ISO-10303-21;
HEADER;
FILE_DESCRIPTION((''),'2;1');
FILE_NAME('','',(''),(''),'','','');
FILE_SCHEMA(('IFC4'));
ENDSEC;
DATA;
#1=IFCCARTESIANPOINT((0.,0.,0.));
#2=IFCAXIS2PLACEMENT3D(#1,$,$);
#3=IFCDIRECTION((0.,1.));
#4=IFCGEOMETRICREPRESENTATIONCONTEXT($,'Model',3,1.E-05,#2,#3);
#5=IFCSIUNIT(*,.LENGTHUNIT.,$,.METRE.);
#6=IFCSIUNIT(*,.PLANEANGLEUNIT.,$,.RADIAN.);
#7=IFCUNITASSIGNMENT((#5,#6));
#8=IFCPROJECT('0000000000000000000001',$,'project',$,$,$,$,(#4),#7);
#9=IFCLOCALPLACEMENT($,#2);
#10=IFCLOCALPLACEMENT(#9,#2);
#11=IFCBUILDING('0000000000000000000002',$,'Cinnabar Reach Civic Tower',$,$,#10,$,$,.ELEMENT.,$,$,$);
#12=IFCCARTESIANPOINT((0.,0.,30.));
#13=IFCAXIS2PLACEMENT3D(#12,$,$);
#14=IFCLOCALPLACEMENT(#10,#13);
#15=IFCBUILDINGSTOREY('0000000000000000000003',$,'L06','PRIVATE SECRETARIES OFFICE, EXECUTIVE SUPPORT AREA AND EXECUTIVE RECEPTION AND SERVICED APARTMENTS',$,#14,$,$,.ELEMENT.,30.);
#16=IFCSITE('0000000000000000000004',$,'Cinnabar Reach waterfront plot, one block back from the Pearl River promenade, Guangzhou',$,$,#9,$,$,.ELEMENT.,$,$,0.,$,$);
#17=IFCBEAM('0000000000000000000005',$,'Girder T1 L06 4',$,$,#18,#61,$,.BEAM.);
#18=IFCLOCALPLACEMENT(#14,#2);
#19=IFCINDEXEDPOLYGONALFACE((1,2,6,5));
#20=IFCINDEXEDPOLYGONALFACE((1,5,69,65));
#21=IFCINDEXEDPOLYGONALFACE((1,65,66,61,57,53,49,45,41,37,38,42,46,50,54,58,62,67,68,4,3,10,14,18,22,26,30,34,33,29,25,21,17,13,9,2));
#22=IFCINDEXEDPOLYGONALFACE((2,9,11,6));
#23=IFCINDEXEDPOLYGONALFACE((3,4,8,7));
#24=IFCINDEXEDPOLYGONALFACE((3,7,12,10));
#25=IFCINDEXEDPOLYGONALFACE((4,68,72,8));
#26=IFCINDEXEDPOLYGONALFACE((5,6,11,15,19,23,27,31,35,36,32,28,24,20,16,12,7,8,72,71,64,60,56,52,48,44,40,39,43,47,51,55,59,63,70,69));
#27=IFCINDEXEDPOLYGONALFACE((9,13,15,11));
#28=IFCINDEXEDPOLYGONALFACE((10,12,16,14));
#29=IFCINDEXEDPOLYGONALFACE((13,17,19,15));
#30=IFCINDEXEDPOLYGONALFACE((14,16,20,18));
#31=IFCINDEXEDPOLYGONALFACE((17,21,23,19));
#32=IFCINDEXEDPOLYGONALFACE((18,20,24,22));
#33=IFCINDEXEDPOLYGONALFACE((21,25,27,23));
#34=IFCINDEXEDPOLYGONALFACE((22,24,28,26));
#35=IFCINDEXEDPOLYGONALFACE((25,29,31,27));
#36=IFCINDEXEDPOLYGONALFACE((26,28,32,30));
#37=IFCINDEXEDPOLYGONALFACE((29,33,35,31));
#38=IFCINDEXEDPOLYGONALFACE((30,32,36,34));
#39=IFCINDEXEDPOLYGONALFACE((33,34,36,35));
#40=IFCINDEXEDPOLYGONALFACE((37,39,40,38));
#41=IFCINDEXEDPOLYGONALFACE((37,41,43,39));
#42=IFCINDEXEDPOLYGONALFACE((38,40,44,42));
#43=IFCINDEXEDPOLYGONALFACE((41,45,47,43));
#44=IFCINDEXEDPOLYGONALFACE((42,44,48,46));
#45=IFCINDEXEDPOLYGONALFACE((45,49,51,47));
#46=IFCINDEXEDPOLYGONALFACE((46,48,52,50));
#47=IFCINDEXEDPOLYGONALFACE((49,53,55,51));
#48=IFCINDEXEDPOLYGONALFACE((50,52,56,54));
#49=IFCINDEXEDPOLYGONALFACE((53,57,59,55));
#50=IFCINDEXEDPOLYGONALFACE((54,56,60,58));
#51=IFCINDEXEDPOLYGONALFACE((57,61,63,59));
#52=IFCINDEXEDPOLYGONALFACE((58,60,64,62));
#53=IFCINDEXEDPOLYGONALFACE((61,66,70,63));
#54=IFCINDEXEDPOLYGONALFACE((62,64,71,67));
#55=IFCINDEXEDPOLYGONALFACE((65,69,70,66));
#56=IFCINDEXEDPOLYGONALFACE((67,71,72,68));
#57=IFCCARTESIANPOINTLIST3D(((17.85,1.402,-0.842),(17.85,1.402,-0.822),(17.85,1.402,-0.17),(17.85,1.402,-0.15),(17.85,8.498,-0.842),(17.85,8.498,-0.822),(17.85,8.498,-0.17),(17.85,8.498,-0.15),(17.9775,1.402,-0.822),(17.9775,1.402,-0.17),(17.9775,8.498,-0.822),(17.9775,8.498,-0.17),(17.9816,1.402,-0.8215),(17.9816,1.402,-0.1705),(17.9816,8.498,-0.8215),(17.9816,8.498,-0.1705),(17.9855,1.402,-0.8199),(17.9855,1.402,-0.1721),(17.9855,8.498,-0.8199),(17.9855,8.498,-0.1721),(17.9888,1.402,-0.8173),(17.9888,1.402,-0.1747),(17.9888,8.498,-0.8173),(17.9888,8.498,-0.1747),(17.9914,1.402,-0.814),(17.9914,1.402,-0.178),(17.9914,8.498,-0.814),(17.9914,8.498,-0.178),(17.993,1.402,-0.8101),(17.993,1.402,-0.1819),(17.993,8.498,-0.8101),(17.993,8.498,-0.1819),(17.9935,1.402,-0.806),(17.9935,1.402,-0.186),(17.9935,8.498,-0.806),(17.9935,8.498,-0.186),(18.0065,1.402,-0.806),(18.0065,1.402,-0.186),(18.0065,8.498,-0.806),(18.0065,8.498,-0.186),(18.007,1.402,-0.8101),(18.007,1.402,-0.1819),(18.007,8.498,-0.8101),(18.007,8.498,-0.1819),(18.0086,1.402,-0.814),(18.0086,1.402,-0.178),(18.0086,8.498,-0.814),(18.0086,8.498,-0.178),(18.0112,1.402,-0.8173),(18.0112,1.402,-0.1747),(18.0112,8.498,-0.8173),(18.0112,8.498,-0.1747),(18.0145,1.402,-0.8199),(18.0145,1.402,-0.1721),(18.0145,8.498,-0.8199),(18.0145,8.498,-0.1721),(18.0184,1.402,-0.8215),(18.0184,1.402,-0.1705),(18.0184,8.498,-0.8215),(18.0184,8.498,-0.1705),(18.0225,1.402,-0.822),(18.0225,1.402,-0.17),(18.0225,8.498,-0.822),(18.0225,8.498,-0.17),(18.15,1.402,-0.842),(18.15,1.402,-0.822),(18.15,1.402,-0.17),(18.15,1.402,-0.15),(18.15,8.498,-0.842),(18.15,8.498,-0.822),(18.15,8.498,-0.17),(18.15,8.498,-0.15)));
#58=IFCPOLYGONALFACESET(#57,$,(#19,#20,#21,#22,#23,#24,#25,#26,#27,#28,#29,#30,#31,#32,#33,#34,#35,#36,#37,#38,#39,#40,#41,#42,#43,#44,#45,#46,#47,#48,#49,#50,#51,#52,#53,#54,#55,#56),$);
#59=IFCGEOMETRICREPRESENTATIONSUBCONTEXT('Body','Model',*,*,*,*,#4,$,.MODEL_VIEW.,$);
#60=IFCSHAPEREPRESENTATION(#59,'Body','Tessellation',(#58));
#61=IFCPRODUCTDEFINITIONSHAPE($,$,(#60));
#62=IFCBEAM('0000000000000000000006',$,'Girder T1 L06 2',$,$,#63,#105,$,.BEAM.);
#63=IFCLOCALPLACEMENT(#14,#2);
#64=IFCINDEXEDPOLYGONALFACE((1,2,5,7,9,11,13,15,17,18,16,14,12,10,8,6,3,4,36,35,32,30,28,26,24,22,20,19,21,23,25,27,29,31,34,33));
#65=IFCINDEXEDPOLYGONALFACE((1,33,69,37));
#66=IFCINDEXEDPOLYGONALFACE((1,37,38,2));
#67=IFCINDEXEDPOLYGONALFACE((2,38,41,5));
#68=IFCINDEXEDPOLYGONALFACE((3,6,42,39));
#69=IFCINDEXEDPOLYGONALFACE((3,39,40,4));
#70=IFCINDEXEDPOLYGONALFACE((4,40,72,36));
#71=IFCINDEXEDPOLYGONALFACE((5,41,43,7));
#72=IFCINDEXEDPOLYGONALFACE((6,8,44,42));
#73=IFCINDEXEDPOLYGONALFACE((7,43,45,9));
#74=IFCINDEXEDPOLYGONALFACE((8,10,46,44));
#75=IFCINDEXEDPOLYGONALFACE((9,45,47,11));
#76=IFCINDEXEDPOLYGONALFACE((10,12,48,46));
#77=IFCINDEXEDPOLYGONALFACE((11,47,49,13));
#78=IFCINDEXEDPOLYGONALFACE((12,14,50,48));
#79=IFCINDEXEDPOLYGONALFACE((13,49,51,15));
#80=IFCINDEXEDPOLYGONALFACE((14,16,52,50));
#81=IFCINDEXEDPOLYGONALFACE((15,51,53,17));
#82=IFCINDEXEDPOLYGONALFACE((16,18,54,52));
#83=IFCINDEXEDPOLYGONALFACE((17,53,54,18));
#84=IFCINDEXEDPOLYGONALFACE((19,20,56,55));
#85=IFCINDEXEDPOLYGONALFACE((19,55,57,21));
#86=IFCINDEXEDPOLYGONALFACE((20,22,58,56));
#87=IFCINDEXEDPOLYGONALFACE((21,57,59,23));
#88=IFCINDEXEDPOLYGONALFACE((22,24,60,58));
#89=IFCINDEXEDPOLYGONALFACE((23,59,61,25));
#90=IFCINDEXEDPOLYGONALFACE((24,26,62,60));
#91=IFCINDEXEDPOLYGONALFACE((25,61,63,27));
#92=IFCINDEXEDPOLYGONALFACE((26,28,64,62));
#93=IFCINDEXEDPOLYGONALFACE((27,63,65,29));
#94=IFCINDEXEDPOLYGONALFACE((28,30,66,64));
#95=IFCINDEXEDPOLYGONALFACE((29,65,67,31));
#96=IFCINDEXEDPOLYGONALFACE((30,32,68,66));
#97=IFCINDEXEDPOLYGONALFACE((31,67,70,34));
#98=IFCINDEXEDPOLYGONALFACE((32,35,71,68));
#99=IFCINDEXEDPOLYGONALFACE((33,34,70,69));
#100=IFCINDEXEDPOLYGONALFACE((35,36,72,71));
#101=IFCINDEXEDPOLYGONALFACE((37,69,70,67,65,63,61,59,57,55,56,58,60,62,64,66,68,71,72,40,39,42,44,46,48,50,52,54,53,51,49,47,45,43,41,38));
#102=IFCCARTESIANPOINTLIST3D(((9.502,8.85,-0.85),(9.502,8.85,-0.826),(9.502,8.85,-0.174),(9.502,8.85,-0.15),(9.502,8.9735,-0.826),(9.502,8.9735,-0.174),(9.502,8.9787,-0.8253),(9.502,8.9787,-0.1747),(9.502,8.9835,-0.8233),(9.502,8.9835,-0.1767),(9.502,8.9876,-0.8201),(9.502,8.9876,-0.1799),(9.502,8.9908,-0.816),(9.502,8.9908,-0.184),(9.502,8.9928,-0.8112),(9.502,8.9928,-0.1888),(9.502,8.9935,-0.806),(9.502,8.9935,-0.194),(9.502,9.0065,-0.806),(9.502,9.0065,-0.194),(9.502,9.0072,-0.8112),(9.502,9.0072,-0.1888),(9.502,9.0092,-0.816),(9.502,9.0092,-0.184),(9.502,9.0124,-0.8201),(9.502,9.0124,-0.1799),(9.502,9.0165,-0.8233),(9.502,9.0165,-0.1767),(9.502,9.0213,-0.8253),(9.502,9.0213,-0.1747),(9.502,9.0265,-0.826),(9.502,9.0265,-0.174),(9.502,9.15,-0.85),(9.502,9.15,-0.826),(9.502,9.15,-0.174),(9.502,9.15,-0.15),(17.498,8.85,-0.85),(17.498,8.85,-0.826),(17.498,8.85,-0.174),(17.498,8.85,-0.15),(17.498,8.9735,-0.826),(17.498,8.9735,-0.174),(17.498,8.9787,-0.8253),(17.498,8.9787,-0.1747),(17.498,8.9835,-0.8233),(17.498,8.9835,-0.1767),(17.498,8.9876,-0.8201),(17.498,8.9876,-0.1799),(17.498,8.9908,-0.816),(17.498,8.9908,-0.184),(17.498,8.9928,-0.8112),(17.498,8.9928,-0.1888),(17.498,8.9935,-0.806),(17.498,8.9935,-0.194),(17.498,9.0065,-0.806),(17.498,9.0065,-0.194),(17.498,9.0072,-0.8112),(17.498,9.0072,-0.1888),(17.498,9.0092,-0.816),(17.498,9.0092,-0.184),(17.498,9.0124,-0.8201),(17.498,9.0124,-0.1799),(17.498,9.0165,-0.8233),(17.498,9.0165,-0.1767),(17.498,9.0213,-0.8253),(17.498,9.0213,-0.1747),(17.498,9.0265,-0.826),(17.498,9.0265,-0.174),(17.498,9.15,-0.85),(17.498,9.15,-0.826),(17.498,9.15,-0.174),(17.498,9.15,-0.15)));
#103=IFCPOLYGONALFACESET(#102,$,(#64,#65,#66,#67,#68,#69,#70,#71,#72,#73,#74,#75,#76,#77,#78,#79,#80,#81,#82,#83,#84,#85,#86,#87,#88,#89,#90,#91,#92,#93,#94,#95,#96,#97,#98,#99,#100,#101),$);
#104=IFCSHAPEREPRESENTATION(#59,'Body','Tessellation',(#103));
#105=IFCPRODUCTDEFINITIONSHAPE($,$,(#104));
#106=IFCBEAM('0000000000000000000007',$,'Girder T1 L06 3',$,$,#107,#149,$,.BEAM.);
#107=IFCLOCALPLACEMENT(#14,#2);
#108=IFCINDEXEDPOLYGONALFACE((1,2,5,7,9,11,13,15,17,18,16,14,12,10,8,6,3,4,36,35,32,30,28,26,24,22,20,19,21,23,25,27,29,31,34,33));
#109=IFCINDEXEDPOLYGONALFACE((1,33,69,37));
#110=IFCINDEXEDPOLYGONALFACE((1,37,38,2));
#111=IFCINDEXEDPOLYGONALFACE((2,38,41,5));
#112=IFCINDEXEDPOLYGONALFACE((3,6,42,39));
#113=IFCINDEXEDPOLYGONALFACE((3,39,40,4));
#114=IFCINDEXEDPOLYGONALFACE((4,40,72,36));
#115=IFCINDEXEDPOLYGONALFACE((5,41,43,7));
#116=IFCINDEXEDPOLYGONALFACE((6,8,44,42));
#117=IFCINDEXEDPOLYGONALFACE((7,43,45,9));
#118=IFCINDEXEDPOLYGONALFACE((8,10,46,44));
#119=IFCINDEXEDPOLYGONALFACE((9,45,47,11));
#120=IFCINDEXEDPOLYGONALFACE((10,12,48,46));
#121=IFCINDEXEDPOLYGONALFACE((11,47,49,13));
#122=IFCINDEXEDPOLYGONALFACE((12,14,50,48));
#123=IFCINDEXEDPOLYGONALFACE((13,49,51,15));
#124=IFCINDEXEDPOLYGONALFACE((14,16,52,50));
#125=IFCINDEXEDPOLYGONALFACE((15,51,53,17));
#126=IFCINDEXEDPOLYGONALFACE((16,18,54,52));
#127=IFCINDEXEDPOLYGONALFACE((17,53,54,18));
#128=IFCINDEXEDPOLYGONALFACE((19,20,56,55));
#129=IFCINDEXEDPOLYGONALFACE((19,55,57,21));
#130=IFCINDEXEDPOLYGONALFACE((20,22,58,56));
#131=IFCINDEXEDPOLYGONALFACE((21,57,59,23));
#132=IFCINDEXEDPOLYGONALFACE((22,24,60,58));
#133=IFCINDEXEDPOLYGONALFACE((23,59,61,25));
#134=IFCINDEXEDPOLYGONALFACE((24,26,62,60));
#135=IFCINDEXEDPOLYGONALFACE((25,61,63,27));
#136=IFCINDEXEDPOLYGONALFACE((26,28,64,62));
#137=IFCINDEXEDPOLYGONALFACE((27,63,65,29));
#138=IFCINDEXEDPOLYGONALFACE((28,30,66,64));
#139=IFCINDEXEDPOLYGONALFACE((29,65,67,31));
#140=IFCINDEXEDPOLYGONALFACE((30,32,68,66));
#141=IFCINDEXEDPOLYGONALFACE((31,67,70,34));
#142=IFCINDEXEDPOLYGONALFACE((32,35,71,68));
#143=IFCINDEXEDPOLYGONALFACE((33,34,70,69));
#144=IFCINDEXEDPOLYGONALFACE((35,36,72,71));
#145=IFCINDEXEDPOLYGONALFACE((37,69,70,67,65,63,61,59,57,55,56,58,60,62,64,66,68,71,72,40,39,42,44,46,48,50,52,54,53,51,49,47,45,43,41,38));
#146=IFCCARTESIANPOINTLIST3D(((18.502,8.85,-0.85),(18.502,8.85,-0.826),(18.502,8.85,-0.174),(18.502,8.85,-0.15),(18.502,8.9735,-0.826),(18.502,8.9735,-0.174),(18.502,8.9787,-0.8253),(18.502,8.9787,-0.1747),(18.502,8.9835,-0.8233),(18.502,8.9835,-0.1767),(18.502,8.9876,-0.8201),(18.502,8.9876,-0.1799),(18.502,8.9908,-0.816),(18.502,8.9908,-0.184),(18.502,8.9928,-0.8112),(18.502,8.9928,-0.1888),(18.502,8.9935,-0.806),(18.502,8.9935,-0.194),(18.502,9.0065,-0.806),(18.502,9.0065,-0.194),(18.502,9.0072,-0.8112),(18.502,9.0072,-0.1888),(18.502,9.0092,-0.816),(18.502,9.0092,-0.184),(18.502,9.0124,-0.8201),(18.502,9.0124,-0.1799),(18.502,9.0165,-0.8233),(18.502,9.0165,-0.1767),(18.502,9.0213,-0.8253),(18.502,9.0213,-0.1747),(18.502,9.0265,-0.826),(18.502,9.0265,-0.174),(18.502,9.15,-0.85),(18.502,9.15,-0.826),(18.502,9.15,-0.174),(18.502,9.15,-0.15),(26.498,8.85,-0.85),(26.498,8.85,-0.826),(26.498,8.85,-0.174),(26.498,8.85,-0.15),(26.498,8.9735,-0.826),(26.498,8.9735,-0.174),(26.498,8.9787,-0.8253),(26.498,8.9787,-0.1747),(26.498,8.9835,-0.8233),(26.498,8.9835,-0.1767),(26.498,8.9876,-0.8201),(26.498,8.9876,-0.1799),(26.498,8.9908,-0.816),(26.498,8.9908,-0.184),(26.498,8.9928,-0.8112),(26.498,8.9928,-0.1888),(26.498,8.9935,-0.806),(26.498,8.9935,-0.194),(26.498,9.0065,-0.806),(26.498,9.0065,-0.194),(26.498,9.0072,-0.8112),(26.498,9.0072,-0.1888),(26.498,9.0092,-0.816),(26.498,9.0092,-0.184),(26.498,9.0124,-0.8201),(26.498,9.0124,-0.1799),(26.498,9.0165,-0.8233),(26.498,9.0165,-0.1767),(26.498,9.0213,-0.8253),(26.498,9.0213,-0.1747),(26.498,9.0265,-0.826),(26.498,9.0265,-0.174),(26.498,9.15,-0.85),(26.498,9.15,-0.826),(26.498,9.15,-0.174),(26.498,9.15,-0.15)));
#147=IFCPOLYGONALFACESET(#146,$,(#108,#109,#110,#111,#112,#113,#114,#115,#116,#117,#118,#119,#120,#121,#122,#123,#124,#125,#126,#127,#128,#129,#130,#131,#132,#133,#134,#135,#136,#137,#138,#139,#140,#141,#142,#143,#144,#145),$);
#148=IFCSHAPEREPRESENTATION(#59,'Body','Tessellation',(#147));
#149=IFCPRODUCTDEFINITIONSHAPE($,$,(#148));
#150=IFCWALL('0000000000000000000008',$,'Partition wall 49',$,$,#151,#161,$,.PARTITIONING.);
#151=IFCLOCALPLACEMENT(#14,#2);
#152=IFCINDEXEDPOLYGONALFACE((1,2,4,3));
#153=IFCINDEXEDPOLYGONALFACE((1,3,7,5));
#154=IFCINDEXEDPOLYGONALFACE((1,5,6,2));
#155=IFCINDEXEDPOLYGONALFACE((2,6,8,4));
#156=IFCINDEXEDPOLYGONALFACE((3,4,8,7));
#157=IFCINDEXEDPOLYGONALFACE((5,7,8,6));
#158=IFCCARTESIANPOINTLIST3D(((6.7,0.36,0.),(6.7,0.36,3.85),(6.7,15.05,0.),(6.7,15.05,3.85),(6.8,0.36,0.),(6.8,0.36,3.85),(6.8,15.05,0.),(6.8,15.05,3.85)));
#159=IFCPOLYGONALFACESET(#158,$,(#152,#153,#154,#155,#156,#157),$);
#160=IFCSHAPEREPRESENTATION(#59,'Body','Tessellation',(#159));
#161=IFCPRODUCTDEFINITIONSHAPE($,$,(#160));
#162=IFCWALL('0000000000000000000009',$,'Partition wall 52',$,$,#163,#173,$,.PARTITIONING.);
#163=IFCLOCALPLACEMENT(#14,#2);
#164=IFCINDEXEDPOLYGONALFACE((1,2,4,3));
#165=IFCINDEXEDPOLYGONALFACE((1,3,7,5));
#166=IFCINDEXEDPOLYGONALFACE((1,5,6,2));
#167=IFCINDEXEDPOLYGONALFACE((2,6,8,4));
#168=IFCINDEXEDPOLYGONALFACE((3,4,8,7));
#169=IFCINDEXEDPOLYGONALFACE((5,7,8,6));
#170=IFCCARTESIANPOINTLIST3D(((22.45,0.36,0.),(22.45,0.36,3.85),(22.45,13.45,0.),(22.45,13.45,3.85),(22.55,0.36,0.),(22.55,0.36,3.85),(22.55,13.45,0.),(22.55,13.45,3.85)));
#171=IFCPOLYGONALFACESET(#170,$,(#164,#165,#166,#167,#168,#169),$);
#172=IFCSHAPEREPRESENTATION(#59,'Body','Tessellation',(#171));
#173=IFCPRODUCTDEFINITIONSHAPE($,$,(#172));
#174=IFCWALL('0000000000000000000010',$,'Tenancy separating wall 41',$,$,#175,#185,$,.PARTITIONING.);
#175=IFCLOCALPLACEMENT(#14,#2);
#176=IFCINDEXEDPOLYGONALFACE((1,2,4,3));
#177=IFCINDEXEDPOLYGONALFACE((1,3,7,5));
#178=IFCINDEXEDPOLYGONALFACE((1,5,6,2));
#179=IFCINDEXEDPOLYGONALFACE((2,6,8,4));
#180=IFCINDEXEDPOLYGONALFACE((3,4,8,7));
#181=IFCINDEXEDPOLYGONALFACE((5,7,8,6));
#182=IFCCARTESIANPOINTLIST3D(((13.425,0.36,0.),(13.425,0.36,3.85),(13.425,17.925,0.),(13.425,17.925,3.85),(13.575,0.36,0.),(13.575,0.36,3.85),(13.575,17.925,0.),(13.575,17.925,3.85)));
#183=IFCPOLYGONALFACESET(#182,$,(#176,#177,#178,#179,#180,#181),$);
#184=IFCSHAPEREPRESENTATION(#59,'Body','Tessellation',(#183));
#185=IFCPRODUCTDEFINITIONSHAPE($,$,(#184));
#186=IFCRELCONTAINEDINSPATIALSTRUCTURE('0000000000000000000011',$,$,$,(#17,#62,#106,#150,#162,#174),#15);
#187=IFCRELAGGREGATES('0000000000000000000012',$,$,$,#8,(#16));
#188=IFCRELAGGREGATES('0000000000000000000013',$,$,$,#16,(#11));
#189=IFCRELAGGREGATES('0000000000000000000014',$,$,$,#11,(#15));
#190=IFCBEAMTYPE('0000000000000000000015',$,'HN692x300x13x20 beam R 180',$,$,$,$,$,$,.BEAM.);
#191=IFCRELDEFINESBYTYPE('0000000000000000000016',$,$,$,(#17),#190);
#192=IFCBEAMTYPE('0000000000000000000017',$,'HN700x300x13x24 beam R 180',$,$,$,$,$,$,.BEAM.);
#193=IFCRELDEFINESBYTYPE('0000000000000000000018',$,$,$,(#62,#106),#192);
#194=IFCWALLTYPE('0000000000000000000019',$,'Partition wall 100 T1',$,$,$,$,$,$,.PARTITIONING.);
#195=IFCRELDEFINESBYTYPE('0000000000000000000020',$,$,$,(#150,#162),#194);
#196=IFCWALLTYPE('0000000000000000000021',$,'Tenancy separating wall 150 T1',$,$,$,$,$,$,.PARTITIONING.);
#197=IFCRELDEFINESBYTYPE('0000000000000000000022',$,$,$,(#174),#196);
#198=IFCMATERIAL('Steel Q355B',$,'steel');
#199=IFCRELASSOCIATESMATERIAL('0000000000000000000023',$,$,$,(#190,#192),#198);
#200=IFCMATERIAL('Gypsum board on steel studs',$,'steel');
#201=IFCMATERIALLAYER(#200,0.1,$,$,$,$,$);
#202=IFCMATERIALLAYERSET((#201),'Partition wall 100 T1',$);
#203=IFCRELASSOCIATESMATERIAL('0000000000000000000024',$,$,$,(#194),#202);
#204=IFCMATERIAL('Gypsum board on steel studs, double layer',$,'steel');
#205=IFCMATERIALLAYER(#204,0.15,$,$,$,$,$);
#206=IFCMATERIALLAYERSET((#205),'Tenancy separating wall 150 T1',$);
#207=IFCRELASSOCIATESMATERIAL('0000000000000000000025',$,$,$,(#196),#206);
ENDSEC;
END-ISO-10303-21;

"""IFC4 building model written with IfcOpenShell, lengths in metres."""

from ifc_helpers import new_model, si_unit, direction, frame, frame_2d, origin, origin_2d, place, context, subcontext, project, spatial, rectangle, i_section, extrude, material, layer, layer_set, material_profile, profile_set, type_object, element, save


model = new_model("IFC4")

# Units and contexts
model_context = context("Model", 3, precision=1e-05, world=origin(), true_north=direction((0.0, 1.0)))
body_context = subcontext(model_context, "Body", "Model", "MODEL_VIEW")
ifc_project = project(units=[si_unit("LENGTHUNIT", "METRE"), si_unit("PLANEANGLEUNIT", "RADIAN")], contexts=[model_context])

# Site, building, storey
site_placement = place(None, origin())
site = spatial("IfcSite", under=ifc_project, at=site_placement, Name="Cinnabar Reach waterfront plot, one block back from the Pearl River promenade, Guangzhou", CompositionType="ELEMENT", RefElevation=0.0)
building_placement = place(site_placement, origin())
building = spatial("IfcBuilding", under=site, at=building_placement, Name="Cinnabar Reach Civic Tower", CompositionType="ELEMENT")
storey_placement = place(building_placement, frame((0.0, 0.0, 30.0)))
storey = spatial("IfcBuildingStorey", under=building, at=storey_placement, Name="L06", Description="PRIVATE SECRETARIES OFFICE, EXECUTIVE SUPPORT AREA AND EXECUTIVE RECEPTION AND SERVICED APARTMENTS", CompositionType="ELEMENT", Elevation=30.0)

# Beams
ifc_material_1 = material(Name="Steel Q355B", Category="steel")
ifc_material_profile_1 = material_profile(ifc_material_1, i_section(OverallWidth=0.3, OverallDepth=0.692, WebThickness=0.013, FlangeThickness=0.02, FilletRadius=0.016, at=origin_2d()), Name="HN692x300x13x20")
ifc_profile_set_1 = profile_set([ifc_material_profile_1], Name="Steel Q355B")
beam_type_1 = type_object("IfcBeamType", Name="HN692x300x13x20 beam R 180", PredefinedType="BEAM", material=ifc_profile_set_1)
for number, where, z_axis, x_axis, name in (
    (1, (18.0, 1.402, -0.496), (0.0, 1.0, 0.0), (-1.0, 0.0, 0.0), "Girder T1 L06 4"),
):
    element("IfcBeam", number, at=place(storey_placement, frame(where, z_axis=z_axis, x_axis=x_axis)), inside=storey, type_object=beam_type_1, Name=name, PredefinedType="BEAM", context=body_context, shape_type="SweptSolid", body=[
        extrude(i_section(OverallWidth=0.3, OverallDepth=0.692, WebThickness=0.013, FlangeThickness=0.02, FilletRadius=0.016, at=origin_2d()), origin(), (0.0, 0.0, 1.0), 7.096),
    ])
ifc_material_profile_2 = material_profile(ifc_material_1, i_section(OverallWidth=0.3, OverallDepth=0.7, WebThickness=0.013, FlangeThickness=0.024, FilletRadius=0.02, at=origin_2d()), Name="HN700x300x13x24")
ifc_profile_set_2 = profile_set([ifc_material_profile_2], Name="Steel Q355B")
beam_type_2 = type_object("IfcBeamType", Name="HN700x300x13x24 beam R 180", PredefinedType="BEAM", material=ifc_profile_set_2)
for number, where, z_axis, x_axis, name in (
    (2, (9.502, 9.0, -0.5), (1.0, 0.0, 0.0), (0.0, 1.0, 0.0), "Girder T1 L06 2"),
    (3, (18.502, 9.0, -0.5), (1.0, 0.0, 0.0), (0.0, 1.0, 0.0), "Girder T1 L06 3"),
):
    element("IfcBeam", number, at=place(storey_placement, frame(where, z_axis=z_axis, x_axis=x_axis)), inside=storey, type_object=beam_type_2, Name=name, PredefinedType="BEAM", context=body_context, shape_type="SweptSolid", body=[
        extrude(i_section(OverallWidth=0.3, OverallDepth=0.7, WebThickness=0.013, FlangeThickness=0.024, FilletRadius=0.02, at=origin_2d()), origin(), (0.0, 0.0, 1.0), 7.996),
    ])

# Walls
ifc_material_2 = material(Name="Gypsum board on steel studs", Category="steel")
ifc_layer_1 = layer(ifc_material_2, 0.1)
ifc_layer_set_1 = layer_set([ifc_layer_1], Name="Partition wall 100 T1")
wall_type_1 = type_object("IfcWallType", Name="Partition wall 100 T1", PredefinedType="PARTITIONING", material=ifc_layer_set_1)
wall_1_placement = place(storey_placement, frame((6.75, 0.36, 0.0), z_axis=(0.0, 0.0, 1.0), x_axis=(0.0, 1.0, 0.0)))
element("IfcWall", 4, at=wall_1_placement, inside=storey, type_object=wall_type_1, Name="Partition wall 49", PredefinedType="PARTITIONING", context=body_context, shape_type="SweptSolid", body=[
    extrude(rectangle(XDim=14.69, YDim=0.1, at=frame_2d((7.345, 0.0))), origin(), (0.0, 0.0, 1.0), 3.85),
])
wall_2_placement = place(storey_placement, frame((22.5, 0.36, 0.0), z_axis=(0.0, 0.0, 1.0), x_axis=(0.0, 1.0, 0.0)))
element("IfcWall", 5, at=wall_2_placement, inside=storey, type_object=wall_type_1, Name="Partition wall 52", PredefinedType="PARTITIONING", context=body_context, shape_type="SweptSolid", body=[
    extrude(rectangle(XDim=13.09, YDim=0.1, at=frame_2d((6.545, 0.0))), origin(), (0.0, 0.0, 1.0), 3.85),
])
ifc_material_3 = material(Name="Gypsum board on steel studs, double layer", Category="steel")
ifc_layer_2 = layer(ifc_material_3, 0.15)
ifc_layer_set_2 = layer_set([ifc_layer_2], Name="Tenancy separating wall 150 T1")
wall_type_2 = type_object("IfcWallType", Name="Tenancy separating wall 150 T1", PredefinedType="PARTITIONING", material=ifc_layer_set_2)
wall_3_placement = place(storey_placement, frame((13.5, 0.36, 0.0), z_axis=(0.0, 0.0, 1.0), x_axis=(0.0, 1.0, 0.0)))
element("IfcWall", 6, at=wall_3_placement, inside=storey, type_object=wall_type_2, Name="Tenancy separating wall 41", PredefinedType="PARTITIONING", context=body_context, shape_type="SweptSolid", body=[
    extrude(rectangle(XDim=17.565, YDim=0.15, at=frame_2d((8.7825, 0.0))), origin(), (0.0, 0.0, 1.0), 3.85),
])

save(model, "model.ifc")
